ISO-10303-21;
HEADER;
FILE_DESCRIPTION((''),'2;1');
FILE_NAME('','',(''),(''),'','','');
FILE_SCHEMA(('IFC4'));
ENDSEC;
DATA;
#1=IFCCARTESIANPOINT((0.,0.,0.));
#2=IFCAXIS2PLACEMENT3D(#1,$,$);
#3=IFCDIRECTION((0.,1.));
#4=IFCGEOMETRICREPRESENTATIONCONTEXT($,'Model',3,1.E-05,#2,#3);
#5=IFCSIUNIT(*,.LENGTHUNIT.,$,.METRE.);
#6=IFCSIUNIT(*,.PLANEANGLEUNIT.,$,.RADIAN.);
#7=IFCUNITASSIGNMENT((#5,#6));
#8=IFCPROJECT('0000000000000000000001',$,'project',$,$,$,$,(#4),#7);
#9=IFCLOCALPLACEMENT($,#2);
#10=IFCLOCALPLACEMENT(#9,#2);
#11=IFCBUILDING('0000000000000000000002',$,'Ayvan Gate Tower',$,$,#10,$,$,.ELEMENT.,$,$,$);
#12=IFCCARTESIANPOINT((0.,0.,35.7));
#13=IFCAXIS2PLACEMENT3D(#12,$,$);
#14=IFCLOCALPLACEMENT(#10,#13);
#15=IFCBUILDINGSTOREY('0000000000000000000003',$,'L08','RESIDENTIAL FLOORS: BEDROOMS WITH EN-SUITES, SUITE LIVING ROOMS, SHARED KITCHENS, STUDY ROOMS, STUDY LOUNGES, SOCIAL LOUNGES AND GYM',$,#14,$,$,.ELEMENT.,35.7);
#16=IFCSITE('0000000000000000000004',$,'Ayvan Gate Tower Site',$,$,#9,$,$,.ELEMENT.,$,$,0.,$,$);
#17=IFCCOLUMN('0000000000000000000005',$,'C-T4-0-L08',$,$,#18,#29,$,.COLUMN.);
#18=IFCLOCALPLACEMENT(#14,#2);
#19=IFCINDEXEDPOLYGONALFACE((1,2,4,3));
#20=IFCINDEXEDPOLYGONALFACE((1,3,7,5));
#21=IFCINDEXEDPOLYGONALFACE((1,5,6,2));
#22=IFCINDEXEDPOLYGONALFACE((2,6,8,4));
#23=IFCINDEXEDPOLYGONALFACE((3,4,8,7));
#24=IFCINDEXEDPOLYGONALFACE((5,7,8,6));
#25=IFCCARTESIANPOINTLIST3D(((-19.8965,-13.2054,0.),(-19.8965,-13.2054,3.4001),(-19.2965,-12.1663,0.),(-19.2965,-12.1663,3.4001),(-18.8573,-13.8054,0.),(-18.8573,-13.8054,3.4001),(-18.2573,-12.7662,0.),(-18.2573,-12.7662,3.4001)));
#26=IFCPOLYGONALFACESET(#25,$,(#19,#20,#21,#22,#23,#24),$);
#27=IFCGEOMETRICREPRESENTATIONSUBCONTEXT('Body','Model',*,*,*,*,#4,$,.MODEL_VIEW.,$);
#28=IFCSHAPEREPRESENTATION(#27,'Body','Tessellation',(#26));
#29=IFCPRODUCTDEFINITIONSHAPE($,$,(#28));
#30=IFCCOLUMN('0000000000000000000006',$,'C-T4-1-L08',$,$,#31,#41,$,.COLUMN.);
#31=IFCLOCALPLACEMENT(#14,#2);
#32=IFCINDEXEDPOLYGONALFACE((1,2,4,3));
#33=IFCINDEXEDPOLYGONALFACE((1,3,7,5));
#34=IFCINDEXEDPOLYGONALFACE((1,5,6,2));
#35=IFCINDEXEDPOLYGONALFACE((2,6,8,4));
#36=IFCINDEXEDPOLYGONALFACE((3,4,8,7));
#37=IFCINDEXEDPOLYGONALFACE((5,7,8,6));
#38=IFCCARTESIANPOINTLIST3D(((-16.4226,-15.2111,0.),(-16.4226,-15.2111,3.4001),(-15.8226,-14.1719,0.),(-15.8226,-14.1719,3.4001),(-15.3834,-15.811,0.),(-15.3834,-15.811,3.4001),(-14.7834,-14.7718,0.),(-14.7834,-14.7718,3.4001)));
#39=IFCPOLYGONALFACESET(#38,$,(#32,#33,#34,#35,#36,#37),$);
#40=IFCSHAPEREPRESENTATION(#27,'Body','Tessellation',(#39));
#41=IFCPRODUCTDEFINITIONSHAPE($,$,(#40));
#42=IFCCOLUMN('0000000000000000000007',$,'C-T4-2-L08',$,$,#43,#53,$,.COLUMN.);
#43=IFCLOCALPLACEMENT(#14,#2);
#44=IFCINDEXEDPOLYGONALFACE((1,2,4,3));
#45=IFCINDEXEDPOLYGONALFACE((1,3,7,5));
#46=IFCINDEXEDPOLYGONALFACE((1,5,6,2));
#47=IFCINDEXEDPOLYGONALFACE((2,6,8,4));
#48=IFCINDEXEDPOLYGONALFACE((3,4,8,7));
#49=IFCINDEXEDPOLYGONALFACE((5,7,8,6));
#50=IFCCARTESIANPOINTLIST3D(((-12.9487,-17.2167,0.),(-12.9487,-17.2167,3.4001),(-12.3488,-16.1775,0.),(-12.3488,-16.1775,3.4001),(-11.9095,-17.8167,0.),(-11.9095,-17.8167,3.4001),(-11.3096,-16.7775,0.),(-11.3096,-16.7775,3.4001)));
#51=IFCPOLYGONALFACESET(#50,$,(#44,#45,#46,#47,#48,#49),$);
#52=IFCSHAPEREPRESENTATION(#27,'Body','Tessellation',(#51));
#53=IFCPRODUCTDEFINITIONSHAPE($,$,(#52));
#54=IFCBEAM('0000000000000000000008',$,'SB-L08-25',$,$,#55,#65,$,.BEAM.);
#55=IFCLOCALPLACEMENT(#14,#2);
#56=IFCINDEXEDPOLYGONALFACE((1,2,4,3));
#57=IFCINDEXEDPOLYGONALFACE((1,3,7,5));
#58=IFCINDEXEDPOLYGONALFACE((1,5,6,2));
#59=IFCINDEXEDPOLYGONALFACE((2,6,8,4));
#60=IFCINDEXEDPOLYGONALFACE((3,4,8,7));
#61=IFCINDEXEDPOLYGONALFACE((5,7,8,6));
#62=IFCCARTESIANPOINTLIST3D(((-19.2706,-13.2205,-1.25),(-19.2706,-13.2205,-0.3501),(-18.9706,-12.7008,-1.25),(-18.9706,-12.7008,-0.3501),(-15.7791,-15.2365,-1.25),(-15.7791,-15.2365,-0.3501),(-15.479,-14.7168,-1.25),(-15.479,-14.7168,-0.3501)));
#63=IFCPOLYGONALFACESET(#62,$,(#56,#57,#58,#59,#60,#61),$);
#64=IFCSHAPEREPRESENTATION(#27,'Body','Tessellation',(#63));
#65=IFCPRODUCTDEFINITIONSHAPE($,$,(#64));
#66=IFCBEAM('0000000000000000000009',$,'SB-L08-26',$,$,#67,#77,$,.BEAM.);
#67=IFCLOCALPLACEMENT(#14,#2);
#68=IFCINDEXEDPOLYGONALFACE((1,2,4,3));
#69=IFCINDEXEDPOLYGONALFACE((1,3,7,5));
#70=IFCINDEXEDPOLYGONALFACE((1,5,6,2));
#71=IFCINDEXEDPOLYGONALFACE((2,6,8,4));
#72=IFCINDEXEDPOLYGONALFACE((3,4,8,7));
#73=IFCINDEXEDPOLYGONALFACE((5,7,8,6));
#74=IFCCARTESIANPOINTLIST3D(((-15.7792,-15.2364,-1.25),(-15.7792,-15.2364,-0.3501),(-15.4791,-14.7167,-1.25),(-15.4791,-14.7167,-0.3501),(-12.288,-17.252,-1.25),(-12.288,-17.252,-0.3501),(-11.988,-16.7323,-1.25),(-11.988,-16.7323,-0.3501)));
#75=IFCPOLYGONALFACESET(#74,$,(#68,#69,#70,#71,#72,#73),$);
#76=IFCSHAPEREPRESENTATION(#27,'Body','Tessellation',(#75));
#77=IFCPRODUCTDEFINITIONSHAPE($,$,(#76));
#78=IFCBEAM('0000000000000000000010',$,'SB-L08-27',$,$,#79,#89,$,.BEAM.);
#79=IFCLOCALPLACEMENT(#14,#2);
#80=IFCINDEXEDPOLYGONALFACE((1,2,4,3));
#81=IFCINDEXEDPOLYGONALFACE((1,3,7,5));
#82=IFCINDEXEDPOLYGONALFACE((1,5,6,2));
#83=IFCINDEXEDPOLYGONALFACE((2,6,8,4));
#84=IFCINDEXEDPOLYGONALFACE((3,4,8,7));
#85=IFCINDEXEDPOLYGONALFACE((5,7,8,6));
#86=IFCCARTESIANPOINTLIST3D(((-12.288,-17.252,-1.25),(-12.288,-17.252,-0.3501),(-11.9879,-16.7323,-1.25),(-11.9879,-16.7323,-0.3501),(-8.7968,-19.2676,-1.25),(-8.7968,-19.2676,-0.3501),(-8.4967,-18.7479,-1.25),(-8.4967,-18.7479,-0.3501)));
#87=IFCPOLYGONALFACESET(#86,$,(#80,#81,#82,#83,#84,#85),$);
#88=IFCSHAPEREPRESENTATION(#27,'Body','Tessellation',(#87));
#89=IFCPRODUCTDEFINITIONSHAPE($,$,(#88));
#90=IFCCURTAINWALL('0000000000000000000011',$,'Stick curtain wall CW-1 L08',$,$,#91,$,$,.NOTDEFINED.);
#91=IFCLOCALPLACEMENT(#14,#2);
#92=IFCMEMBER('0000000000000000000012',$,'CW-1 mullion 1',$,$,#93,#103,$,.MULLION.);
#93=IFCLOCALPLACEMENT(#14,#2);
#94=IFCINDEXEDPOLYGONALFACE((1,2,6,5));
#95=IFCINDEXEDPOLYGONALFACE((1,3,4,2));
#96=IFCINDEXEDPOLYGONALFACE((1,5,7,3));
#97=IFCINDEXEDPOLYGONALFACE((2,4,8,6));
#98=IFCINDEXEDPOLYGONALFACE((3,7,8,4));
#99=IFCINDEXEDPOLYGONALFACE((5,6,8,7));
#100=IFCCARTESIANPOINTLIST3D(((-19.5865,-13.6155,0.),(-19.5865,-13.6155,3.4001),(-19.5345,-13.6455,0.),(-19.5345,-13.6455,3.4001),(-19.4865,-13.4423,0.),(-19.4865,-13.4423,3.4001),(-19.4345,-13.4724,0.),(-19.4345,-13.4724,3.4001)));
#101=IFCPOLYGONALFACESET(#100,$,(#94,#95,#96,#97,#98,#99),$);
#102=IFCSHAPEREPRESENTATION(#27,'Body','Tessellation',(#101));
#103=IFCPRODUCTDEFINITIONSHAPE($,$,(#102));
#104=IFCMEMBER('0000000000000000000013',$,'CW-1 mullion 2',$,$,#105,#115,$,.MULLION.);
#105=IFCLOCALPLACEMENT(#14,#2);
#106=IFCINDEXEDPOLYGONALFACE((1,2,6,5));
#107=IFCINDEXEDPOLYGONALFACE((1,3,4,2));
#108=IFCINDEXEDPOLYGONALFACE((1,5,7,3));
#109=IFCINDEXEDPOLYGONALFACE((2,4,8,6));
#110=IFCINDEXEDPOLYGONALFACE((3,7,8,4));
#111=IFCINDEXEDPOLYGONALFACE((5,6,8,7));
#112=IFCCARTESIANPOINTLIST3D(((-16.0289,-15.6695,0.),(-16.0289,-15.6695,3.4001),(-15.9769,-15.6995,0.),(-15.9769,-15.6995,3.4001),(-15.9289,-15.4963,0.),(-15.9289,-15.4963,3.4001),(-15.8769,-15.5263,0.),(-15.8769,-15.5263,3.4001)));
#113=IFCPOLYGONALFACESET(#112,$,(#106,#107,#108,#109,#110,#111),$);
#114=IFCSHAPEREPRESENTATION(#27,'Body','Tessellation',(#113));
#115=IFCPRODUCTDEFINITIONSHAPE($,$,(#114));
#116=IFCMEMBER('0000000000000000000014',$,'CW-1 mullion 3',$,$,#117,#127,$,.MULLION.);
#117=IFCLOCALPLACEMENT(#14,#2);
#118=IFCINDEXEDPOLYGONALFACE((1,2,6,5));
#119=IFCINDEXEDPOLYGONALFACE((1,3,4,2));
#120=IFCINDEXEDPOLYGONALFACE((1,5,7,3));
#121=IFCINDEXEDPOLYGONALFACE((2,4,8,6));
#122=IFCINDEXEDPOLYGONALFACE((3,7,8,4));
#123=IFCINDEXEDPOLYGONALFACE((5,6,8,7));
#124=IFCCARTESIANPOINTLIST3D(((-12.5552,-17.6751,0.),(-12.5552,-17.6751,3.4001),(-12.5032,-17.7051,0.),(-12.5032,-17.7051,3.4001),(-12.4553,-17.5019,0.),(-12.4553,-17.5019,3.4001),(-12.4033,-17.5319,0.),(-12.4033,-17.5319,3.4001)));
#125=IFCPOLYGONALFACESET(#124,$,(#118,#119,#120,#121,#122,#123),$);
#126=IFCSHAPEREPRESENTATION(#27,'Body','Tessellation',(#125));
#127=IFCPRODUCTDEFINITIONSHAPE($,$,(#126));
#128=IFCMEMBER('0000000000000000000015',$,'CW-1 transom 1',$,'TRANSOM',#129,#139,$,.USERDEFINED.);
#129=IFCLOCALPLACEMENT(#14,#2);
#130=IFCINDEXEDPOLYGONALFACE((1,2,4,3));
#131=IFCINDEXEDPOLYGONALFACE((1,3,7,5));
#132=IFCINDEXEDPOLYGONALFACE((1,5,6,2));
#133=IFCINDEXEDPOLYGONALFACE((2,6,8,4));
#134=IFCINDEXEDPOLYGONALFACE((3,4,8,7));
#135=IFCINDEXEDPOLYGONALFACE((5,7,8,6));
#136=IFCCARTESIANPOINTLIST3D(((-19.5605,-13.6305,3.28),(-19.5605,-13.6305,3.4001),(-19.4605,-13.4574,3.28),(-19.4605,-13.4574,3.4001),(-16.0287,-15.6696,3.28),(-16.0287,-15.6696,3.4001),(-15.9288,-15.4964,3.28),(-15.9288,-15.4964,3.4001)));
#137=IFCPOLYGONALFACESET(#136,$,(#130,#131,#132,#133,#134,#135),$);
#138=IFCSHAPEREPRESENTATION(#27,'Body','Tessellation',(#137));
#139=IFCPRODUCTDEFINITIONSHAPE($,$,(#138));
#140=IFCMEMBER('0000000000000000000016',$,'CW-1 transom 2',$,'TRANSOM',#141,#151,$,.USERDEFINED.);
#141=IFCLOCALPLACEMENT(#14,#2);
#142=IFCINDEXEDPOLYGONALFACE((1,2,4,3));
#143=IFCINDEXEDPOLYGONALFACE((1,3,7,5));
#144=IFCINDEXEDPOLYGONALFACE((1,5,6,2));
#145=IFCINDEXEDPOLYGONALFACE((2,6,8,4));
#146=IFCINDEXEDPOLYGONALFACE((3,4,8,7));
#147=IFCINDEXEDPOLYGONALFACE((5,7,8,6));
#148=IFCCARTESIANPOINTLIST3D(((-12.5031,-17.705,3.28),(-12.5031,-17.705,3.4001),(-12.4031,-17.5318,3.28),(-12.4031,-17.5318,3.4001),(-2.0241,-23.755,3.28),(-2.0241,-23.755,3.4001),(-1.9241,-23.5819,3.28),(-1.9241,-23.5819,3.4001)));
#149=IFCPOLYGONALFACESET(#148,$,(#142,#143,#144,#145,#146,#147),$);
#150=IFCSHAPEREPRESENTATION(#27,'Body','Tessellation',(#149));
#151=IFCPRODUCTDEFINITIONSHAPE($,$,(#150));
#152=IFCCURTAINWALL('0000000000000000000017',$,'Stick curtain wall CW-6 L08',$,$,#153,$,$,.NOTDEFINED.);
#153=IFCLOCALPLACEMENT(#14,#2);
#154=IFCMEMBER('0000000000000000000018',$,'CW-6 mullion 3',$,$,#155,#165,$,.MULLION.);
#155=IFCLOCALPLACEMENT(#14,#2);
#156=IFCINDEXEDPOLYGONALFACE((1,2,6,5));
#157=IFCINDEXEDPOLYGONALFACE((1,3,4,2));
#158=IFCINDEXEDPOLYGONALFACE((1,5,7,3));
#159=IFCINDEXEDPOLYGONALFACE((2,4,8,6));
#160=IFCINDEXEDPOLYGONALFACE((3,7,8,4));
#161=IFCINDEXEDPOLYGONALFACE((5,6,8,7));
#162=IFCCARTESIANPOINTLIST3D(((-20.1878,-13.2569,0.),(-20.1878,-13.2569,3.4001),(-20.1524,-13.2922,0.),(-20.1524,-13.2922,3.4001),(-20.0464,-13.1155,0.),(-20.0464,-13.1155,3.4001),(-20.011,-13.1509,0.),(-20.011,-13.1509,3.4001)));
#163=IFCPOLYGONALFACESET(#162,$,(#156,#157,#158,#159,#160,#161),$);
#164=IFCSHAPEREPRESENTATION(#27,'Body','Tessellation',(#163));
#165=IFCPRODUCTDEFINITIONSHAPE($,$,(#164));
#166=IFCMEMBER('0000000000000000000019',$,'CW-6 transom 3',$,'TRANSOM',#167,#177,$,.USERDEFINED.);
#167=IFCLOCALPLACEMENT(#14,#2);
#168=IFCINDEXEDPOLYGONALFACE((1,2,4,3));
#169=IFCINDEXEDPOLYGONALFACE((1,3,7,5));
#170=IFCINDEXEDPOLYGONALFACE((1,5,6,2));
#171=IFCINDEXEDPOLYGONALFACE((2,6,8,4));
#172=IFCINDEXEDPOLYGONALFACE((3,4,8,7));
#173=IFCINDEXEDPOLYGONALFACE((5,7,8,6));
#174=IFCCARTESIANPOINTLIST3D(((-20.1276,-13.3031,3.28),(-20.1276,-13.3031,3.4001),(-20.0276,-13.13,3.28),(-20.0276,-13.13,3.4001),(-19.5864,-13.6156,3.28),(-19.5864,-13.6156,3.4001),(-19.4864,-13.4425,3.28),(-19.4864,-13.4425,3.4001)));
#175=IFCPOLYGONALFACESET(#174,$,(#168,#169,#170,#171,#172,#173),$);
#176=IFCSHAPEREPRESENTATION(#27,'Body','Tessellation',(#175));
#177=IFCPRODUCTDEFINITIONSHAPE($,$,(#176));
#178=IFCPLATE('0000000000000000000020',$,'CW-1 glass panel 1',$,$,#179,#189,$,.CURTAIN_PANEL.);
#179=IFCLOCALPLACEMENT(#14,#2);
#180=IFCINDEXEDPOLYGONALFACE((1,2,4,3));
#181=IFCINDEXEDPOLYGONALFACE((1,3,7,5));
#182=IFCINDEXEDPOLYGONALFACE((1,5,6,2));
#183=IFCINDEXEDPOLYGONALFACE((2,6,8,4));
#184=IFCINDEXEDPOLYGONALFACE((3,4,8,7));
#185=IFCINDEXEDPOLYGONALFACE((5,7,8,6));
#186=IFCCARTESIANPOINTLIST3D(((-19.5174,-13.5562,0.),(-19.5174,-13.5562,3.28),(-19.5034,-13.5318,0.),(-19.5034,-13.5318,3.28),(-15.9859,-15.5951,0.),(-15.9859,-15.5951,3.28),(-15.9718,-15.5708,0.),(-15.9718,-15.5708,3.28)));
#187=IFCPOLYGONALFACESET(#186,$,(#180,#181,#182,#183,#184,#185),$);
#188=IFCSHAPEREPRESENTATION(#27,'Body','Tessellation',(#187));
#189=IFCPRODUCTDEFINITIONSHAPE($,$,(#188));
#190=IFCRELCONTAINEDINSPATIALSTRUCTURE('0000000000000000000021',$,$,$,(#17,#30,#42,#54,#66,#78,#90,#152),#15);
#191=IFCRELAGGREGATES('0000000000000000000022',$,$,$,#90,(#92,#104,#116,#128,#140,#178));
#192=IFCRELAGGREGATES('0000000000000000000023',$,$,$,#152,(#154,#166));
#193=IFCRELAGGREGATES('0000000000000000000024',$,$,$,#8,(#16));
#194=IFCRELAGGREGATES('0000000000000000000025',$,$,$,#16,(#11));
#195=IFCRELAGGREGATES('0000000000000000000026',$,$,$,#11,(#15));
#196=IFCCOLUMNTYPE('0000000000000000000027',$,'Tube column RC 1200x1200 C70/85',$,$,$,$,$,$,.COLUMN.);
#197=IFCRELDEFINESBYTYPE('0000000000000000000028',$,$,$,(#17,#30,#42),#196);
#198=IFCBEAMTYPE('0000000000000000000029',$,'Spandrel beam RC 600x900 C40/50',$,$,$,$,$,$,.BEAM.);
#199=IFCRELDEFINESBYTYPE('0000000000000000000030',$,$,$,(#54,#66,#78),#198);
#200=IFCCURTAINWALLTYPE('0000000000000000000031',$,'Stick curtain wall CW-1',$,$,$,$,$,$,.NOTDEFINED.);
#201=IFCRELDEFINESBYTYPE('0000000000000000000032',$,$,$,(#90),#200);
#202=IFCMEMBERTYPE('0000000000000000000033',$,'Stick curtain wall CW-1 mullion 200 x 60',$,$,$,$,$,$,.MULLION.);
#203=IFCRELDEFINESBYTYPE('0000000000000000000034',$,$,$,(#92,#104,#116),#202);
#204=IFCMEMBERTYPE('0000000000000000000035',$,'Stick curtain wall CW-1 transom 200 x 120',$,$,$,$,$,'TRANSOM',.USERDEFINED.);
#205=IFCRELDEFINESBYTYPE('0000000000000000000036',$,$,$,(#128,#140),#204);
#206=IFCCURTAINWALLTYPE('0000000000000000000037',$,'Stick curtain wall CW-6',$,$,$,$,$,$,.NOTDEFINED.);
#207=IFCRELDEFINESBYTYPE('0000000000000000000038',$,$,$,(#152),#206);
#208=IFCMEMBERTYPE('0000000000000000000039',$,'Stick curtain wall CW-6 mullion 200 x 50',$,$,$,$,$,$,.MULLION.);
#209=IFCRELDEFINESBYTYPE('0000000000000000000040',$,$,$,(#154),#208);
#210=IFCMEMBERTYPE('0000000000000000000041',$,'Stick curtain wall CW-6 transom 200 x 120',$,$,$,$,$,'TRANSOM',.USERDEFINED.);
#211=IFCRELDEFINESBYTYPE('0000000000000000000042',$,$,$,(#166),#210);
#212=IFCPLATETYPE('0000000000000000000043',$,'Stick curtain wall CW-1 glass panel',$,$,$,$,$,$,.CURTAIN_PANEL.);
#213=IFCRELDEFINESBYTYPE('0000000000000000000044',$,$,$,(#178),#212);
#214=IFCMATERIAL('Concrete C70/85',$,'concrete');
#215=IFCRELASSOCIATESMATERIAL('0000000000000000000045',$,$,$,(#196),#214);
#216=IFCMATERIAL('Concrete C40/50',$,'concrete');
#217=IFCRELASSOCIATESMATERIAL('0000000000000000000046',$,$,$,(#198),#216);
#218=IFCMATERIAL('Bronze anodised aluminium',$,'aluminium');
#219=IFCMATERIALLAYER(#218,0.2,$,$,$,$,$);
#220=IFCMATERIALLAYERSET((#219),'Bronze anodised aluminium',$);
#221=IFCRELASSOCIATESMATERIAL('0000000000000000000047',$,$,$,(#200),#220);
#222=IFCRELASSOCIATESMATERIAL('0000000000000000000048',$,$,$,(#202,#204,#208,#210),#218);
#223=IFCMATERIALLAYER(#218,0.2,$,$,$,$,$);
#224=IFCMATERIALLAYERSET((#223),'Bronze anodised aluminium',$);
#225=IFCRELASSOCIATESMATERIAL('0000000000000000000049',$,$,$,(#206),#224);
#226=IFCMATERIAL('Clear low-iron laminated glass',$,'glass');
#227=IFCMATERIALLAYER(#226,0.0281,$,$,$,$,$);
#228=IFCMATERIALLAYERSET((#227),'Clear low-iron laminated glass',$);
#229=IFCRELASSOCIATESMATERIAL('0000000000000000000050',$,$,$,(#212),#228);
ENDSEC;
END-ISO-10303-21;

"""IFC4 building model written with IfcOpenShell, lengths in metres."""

from ifc_helpers import new_model, si_unit, direction, frame, origin, origin_2d, place, context, subcontext, project, spatial, rectangle, extrude, material, layer, layer_set, material_profile, profile_set, type_object, element, aggregate, save


model = new_model("IFC4")

# Units and contexts
model_context = context("Model", 3, precision=1e-05, world=origin(), true_north=direction((0.0, 1.0)))
body_context = subcontext(model_context, "Body", "Model", "MODEL_VIEW")
ifc_project = project(units=[si_unit("LENGTHUNIT", "METRE"), si_unit("PLANEANGLEUNIT", "RADIAN")], contexts=[model_context])

# Site, building, storey
site_placement = place(None, origin())
site = spatial("IfcSite", under=ifc_project, at=site_placement, Name="Ayvan Gate Tower Site", CompositionType="ELEMENT", RefElevation=0.0)
building_placement = place(site_placement, origin())
building = spatial("IfcBuilding", under=site, at=building_placement, Name="Ayvan Gate Tower", CompositionType="ELEMENT")
storey_placement = place(building_placement, frame((0.0, 0.0, 35.7)))
storey = spatial("IfcBuildingStorey", under=building, at=storey_placement, Name="L08", Description="RESIDENTIAL FLOORS: BEDROOMS WITH EN-SUITES, SUITE LIVING ROOMS, SHARED KITCHENS, STUDY ROOMS, STUDY LOUNGES, SOCIAL LOUNGES AND GYM", CompositionType="ELEMENT", Elevation=35.7)

# Columns
ifc_material_1 = material(Name="Concrete C70/85", Category="concrete")
ifc_material_profile_1 = material_profile(ifc_material_1, rectangle(XDim=1.2, YDim=1.2, at=origin_2d()), Name="RC 1200x1200")
ifc_profile_set_1 = profile_set([ifc_material_profile_1], Name="Concrete C70/85")
column_type = type_object("IfcColumnType", Name="Tube column RC 1200x1200 C70/85", PredefinedType="COLUMN", material=ifc_profile_set_1)
for number, where, z_axis, x_axis, name in (
    (1, (-19.0769, -12.9858, 0.0), (0.0, 0.0, 1.0), (-0.5, -0.866025, 0.0), "C-T4-0-L08"),
    (2, (-15.603, -14.9915, 0.0), (0.0, 0.0, 1.0), (-0.5, -0.866025, 0.0), "C-T4-1-L08"),
    (3, (-12.1292, -16.9971, 0.0), (0.0, 0.0, 1.0), (-0.5, -0.866025, 0.0), "C-T4-2-L08"),
):
    element("IfcColumn", number, at=place(storey_placement, frame(where, z_axis=z_axis, x_axis=x_axis)), inside=storey, type_object=column_type, Name=name, PredefinedType="COLUMN", context=body_context, shape_type="SweptSolid", body=[
        extrude(rectangle(XDim=1.2, YDim=1.2, at=origin_2d()), origin(), (0.0, 0.0, 1.0), 3.4001),
    ])

# Beams
ifc_material_2 = material(Name="Concrete C40/50", Category="concrete")
ifc_material_profile_2 = material_profile(ifc_material_2, rectangle(XDim=0.6001, YDim=0.8999, at=origin_2d()), Name="RC 600x900")
ifc_profile_set_2 = profile_set([ifc_material_profile_2], Name="Concrete C40/50")
beam_type = type_object("IfcBeamType", Name="Spandrel beam RC 600x900 C40/50", PredefinedType="BEAM", material=ifc_profile_set_2)
beam_placement = place(storey_placement, frame((-19.1206, -12.9607, -0.8), z_axis=(0.866017, -0.500014, 0.0), x_axis=(0.500014, 0.866017, 0.0)))
element("IfcBeam", 4, at=beam_placement, inside=storey, type_object=beam_type, Name="SB-L08-25", PredefinedType="BEAM", context=body_context, shape_type="SweptSolid", body=[
    extrude(rectangle(XDim=0.6001, YDim=0.8999, at=origin_2d()), origin(), (0.0, 0.0, 1.0), 4.0317),
])
for number, where, z_axis, x_axis, name in (
    (5, (-15.6292, -14.9766, -0.8), (0.866028, -0.499995, 0.0), (0.499995, 0.866028, 0.0), "SB-L08-26"),
    (6, (-12.1379, -16.9922, -0.8), (0.866028, -0.499995, 0.0), (0.499995, 0.866028, 0.0), "SB-L08-27"),
):
    element("IfcBeam", number, at=place(storey_placement, frame(where, z_axis=z_axis, x_axis=x_axis)), inside=storey, type_object=beam_type, Name=name, PredefinedType="BEAM", context=body_context, shape_type="SweptSolid", body=[
        extrude(rectangle(XDim=0.6001, YDim=0.8999, at=origin_2d()), origin(), (0.0, 0.0, 1.0), 4.0312),
    ])

# Curtain walls, members
ifc_material_3 = material(Name="Bronze anodised aluminium", Category="aluminium")
ifc_layer_1 = layer(ifc_material_3, 0.2)
ifc_layer_set_1 = layer_set([ifc_layer_1], Name="Bronze anodised aluminium")
curtain_wall_type_1 = type_object("IfcCurtainWallType", Name="Stick curtain wall CW-1", PredefinedType="NOTDEFINED", material=ifc_layer_set_1)
curtain_wall_1_placement = place(storey_placement, origin())
curtain_wall_1 = element("IfcCurtainWall", 7, at=curtain_wall_1_placement, inside=storey, type_object=curtain_wall_type_1, Name="Stick curtain wall CW-1 L08", PredefinedType="NOTDEFINED")
ifc_material_profile_3 = material_profile(ifc_material_3, rectangle(XDim=0.2, YDim=0.0601, at=origin_2d()), Name="Stick curtain wall CW-1 mullion 200 x 60")
ifc_profile_set_3 = profile_set([ifc_material_profile_3], Name="Bronze anodised aluminium")
member_type_1 = type_object("IfcMemberType", Name="Stick curtain wall CW-1 mullion 200 x 60", PredefinedType="MULLION", material=ifc_profile_set_3)
member_1_placement = place(storey_placement, frame((-19.5105, -13.5439, 0.0), z_axis=(0.0, 0.0, 1.0), x_axis=(-0.5, -0.866025, 0.0)))
member_1 = element("IfcMember", 8, at=member_1_placement, type_object=member_type_1, Name="CW-1 mullion 1", PredefinedType="MULLION", context=body_context, shape_type="SweptSolid", body=[
    extrude(rectangle(XDim=0.2, YDim=0.0601, at=origin_2d()), origin(), (0.0, 0.0, 1.0), 3.4001),
])
member_2_placement = place(storey_placement, frame((-15.9529, -15.5979, 0.0), z_axis=(0.0, 0.0, 1.0), x_axis=(-0.5, -0.866025, 0.0)))
member_2 = element("IfcMember", 9, at=member_2_placement, type_object=member_type_1, Name="CW-1 mullion 2", PredefinedType="MULLION", context=body_context, shape_type="SweptSolid", body=[
    extrude(rectangle(XDim=0.2, YDim=0.0601, at=origin_2d()), origin(), (0.0, 0.0, 1.0), 3.4001),
])
member_3_placement = place(storey_placement, frame((-12.4792, -17.6035, 0.0), z_axis=(0.0, 0.0, 1.0), x_axis=(-0.5, -0.866025, 0.0)))
member_3 = element("IfcMember", 10, at=member_3_placement, type_object=member_type_1, Name="CW-1 mullion 3", PredefinedType="MULLION", context=body_context, shape_type="SweptSolid", body=[
    extrude(rectangle(XDim=0.2, YDim=0.0601, at=origin_2d()), origin(), (0.0, 0.0, 1.0), 3.4001),
])
ifc_material_profile_4 = material_profile(ifc_material_3, rectangle(XDim=0.2, YDim=0.1201, at=origin_2d()), Name="Stick curtain wall CW-1 transom 200 x 120")
ifc_profile_set_4 = profile_set([ifc_material_profile_4], Name="Bronze anodised aluminium")
member_type_2 = type_object("IfcMemberType", Name="Stick curtain wall CW-1 transom 200 x 120", ElementType="TRANSOM", PredefinedType="USERDEFINED", material=ifc_profile_set_4)
member_4_placement = place(storey_placement, frame((-19.5105, -13.5439, 3.3401), z_axis=(0.866024, -0.500002, 0.0), x_axis=(0.500002, 0.866024, 0.0)))
member_4 = element("IfcMember", 11, at=member_4_placement, type_object=member_type_2, Name="CW-1 transom 1", ObjectType="TRANSOM", PredefinedType="USERDEFINED", context=body_context, shape_type="SweptSolid", body=[
    extrude(rectangle(XDim=0.2, YDim=0.1201, at=origin_2d()), origin(), (0.0, 0.0, 1.0), 4.0781),
])
member_5_placement = place(storey_placement, frame((-12.4531, -17.6184, 3.3401), z_axis=(0.866026, -0.5, 0.0), x_axis=(0.5, 0.866026, 0.0)))
member_5 = element("IfcMember", 12, at=member_5_placement, type_object=member_type_2, Name="CW-1 transom 2", ObjectType="TRANSOM", PredefinedType="USERDEFINED", context=body_context, shape_type="SweptSolid", body=[
    extrude(rectangle(XDim=0.2, YDim=0.1201, at=origin_2d()), origin(), (0.0, 0.0, 1.0), 12.1001),
])
ifc_layer_2 = layer(ifc_material_3, 0.2)
ifc_layer_set_2 = layer_set([ifc_layer_2], Name="Bronze anodised aluminium")
curtain_wall_type_2 = type_object("IfcCurtainWallType", Name="Stick curtain wall CW-6", PredefinedType="NOTDEFINED", material=ifc_layer_set_2)
curtain_wall_2_placement = place(storey_placement, origin())
curtain_wall_2 = element("IfcCurtainWall", 13, at=curtain_wall_2_placement, inside=storey, type_object=curtain_wall_type_2, Name="Stick curtain wall CW-6 L08", PredefinedType="NOTDEFINED")
ifc_material_profile_5 = material_profile(ifc_material_3, rectangle(XDim=0.2, YDim=0.05, at=origin_2d()), Name="Stick curtain wall CW-6 mullion 200 x 50")
ifc_profile_set_5 = profile_set([ifc_material_profile_5], Name="Bronze anodised aluminium")
member_type_3 = type_object("IfcMemberType", Name="Stick curtain wall CW-6 mullion 200 x 50", PredefinedType="MULLION", material=ifc_profile_set_5)
member_6_placement = place(storey_placement, frame((-20.0994, -13.2039, 0.0), z_axis=(0.0, 0.0, 1.0), x_axis=(-0.707107, -0.707107, 0.0)))
member_6 = element("IfcMember", 14, at=member_6_placement, type_object=member_type_3, Name="CW-6 mullion 3", PredefinedType="MULLION", context=body_context, shape_type="SweptSolid", body=[
    extrude(rectangle(XDim=0.2, YDim=0.05, at=origin_2d()), origin(), (0.0, 0.0, 1.0), 3.4001),
])
ifc_material_profile_6 = material_profile(ifc_material_3, rectangle(XDim=0.2, YDim=0.1201, at=origin_2d()), Name="Stick curtain wall CW-6 transom 200 x 120")
ifc_profile_set_6 = profile_set([ifc_material_profile_6], Name="Bronze anodised aluminium")
member_type_4 = type_object("IfcMemberType", Name="Stick curtain wall CW-6 transom 200 x 120", ElementType="TRANSOM", PredefinedType="USERDEFINED", material=ifc_profile_set_6)
member_7_placement = place(storey_placement, frame((-20.0776, -13.2166, 3.3401), z_axis=(0.866023, -0.500004, 0.0), x_axis=(0.500004, 0.866023, 0.0)))
member_7 = element("IfcMember", 15, at=member_7_placement, type_object=member_type_4, Name="CW-6 transom 3", ObjectType="TRANSOM", PredefinedType="USERDEFINED", context=body_context, shape_type="SweptSolid", body=[
    extrude(rectangle(XDim=0.2, YDim=0.1201, at=origin_2d()), origin(), (0.0, 0.0, 1.0), 0.625),
])

# Plate
ifc_material_4 = material(Name="Clear low-iron laminated glass", Category="glass")
ifc_layer_3 = layer(ifc_material_4, 0.0281)
ifc_layer_set_3 = layer_set([ifc_layer_3], Name="Clear low-iron laminated glass")
plate_type_1 = type_object("IfcPlateType", Name="Stick curtain wall CW-1 glass panel", PredefinedType="CURTAIN_PANEL", material=ifc_layer_set_3)
plate_1_placement = place(storey_placement, frame((-17.7446, -14.5635, 0.0), z_axis=(0.0, 0.0, 1.0), x_axis=(0.866025, -0.5, 0.0)))
plate_1 = element("IfcPlate", 16, at=plate_1_placement, type_object=plate_type_1, Name="CW-1 glass panel 1", PredefinedType="CURTAIN_PANEL", context=body_context, shape_type="SweptSolid", body=[
    extrude(rectangle(XDim=4.0779, YDim=0.0281, at=origin_2d()), origin(), (0.0, 0.0, 1.0), 3.28),
])
aggregate(curtain_wall_1, [member_1, member_2, member_3, member_4, member_5, plate_1])
aggregate(curtain_wall_2, [member_6, member_7])

save(model, "model.ifc")
